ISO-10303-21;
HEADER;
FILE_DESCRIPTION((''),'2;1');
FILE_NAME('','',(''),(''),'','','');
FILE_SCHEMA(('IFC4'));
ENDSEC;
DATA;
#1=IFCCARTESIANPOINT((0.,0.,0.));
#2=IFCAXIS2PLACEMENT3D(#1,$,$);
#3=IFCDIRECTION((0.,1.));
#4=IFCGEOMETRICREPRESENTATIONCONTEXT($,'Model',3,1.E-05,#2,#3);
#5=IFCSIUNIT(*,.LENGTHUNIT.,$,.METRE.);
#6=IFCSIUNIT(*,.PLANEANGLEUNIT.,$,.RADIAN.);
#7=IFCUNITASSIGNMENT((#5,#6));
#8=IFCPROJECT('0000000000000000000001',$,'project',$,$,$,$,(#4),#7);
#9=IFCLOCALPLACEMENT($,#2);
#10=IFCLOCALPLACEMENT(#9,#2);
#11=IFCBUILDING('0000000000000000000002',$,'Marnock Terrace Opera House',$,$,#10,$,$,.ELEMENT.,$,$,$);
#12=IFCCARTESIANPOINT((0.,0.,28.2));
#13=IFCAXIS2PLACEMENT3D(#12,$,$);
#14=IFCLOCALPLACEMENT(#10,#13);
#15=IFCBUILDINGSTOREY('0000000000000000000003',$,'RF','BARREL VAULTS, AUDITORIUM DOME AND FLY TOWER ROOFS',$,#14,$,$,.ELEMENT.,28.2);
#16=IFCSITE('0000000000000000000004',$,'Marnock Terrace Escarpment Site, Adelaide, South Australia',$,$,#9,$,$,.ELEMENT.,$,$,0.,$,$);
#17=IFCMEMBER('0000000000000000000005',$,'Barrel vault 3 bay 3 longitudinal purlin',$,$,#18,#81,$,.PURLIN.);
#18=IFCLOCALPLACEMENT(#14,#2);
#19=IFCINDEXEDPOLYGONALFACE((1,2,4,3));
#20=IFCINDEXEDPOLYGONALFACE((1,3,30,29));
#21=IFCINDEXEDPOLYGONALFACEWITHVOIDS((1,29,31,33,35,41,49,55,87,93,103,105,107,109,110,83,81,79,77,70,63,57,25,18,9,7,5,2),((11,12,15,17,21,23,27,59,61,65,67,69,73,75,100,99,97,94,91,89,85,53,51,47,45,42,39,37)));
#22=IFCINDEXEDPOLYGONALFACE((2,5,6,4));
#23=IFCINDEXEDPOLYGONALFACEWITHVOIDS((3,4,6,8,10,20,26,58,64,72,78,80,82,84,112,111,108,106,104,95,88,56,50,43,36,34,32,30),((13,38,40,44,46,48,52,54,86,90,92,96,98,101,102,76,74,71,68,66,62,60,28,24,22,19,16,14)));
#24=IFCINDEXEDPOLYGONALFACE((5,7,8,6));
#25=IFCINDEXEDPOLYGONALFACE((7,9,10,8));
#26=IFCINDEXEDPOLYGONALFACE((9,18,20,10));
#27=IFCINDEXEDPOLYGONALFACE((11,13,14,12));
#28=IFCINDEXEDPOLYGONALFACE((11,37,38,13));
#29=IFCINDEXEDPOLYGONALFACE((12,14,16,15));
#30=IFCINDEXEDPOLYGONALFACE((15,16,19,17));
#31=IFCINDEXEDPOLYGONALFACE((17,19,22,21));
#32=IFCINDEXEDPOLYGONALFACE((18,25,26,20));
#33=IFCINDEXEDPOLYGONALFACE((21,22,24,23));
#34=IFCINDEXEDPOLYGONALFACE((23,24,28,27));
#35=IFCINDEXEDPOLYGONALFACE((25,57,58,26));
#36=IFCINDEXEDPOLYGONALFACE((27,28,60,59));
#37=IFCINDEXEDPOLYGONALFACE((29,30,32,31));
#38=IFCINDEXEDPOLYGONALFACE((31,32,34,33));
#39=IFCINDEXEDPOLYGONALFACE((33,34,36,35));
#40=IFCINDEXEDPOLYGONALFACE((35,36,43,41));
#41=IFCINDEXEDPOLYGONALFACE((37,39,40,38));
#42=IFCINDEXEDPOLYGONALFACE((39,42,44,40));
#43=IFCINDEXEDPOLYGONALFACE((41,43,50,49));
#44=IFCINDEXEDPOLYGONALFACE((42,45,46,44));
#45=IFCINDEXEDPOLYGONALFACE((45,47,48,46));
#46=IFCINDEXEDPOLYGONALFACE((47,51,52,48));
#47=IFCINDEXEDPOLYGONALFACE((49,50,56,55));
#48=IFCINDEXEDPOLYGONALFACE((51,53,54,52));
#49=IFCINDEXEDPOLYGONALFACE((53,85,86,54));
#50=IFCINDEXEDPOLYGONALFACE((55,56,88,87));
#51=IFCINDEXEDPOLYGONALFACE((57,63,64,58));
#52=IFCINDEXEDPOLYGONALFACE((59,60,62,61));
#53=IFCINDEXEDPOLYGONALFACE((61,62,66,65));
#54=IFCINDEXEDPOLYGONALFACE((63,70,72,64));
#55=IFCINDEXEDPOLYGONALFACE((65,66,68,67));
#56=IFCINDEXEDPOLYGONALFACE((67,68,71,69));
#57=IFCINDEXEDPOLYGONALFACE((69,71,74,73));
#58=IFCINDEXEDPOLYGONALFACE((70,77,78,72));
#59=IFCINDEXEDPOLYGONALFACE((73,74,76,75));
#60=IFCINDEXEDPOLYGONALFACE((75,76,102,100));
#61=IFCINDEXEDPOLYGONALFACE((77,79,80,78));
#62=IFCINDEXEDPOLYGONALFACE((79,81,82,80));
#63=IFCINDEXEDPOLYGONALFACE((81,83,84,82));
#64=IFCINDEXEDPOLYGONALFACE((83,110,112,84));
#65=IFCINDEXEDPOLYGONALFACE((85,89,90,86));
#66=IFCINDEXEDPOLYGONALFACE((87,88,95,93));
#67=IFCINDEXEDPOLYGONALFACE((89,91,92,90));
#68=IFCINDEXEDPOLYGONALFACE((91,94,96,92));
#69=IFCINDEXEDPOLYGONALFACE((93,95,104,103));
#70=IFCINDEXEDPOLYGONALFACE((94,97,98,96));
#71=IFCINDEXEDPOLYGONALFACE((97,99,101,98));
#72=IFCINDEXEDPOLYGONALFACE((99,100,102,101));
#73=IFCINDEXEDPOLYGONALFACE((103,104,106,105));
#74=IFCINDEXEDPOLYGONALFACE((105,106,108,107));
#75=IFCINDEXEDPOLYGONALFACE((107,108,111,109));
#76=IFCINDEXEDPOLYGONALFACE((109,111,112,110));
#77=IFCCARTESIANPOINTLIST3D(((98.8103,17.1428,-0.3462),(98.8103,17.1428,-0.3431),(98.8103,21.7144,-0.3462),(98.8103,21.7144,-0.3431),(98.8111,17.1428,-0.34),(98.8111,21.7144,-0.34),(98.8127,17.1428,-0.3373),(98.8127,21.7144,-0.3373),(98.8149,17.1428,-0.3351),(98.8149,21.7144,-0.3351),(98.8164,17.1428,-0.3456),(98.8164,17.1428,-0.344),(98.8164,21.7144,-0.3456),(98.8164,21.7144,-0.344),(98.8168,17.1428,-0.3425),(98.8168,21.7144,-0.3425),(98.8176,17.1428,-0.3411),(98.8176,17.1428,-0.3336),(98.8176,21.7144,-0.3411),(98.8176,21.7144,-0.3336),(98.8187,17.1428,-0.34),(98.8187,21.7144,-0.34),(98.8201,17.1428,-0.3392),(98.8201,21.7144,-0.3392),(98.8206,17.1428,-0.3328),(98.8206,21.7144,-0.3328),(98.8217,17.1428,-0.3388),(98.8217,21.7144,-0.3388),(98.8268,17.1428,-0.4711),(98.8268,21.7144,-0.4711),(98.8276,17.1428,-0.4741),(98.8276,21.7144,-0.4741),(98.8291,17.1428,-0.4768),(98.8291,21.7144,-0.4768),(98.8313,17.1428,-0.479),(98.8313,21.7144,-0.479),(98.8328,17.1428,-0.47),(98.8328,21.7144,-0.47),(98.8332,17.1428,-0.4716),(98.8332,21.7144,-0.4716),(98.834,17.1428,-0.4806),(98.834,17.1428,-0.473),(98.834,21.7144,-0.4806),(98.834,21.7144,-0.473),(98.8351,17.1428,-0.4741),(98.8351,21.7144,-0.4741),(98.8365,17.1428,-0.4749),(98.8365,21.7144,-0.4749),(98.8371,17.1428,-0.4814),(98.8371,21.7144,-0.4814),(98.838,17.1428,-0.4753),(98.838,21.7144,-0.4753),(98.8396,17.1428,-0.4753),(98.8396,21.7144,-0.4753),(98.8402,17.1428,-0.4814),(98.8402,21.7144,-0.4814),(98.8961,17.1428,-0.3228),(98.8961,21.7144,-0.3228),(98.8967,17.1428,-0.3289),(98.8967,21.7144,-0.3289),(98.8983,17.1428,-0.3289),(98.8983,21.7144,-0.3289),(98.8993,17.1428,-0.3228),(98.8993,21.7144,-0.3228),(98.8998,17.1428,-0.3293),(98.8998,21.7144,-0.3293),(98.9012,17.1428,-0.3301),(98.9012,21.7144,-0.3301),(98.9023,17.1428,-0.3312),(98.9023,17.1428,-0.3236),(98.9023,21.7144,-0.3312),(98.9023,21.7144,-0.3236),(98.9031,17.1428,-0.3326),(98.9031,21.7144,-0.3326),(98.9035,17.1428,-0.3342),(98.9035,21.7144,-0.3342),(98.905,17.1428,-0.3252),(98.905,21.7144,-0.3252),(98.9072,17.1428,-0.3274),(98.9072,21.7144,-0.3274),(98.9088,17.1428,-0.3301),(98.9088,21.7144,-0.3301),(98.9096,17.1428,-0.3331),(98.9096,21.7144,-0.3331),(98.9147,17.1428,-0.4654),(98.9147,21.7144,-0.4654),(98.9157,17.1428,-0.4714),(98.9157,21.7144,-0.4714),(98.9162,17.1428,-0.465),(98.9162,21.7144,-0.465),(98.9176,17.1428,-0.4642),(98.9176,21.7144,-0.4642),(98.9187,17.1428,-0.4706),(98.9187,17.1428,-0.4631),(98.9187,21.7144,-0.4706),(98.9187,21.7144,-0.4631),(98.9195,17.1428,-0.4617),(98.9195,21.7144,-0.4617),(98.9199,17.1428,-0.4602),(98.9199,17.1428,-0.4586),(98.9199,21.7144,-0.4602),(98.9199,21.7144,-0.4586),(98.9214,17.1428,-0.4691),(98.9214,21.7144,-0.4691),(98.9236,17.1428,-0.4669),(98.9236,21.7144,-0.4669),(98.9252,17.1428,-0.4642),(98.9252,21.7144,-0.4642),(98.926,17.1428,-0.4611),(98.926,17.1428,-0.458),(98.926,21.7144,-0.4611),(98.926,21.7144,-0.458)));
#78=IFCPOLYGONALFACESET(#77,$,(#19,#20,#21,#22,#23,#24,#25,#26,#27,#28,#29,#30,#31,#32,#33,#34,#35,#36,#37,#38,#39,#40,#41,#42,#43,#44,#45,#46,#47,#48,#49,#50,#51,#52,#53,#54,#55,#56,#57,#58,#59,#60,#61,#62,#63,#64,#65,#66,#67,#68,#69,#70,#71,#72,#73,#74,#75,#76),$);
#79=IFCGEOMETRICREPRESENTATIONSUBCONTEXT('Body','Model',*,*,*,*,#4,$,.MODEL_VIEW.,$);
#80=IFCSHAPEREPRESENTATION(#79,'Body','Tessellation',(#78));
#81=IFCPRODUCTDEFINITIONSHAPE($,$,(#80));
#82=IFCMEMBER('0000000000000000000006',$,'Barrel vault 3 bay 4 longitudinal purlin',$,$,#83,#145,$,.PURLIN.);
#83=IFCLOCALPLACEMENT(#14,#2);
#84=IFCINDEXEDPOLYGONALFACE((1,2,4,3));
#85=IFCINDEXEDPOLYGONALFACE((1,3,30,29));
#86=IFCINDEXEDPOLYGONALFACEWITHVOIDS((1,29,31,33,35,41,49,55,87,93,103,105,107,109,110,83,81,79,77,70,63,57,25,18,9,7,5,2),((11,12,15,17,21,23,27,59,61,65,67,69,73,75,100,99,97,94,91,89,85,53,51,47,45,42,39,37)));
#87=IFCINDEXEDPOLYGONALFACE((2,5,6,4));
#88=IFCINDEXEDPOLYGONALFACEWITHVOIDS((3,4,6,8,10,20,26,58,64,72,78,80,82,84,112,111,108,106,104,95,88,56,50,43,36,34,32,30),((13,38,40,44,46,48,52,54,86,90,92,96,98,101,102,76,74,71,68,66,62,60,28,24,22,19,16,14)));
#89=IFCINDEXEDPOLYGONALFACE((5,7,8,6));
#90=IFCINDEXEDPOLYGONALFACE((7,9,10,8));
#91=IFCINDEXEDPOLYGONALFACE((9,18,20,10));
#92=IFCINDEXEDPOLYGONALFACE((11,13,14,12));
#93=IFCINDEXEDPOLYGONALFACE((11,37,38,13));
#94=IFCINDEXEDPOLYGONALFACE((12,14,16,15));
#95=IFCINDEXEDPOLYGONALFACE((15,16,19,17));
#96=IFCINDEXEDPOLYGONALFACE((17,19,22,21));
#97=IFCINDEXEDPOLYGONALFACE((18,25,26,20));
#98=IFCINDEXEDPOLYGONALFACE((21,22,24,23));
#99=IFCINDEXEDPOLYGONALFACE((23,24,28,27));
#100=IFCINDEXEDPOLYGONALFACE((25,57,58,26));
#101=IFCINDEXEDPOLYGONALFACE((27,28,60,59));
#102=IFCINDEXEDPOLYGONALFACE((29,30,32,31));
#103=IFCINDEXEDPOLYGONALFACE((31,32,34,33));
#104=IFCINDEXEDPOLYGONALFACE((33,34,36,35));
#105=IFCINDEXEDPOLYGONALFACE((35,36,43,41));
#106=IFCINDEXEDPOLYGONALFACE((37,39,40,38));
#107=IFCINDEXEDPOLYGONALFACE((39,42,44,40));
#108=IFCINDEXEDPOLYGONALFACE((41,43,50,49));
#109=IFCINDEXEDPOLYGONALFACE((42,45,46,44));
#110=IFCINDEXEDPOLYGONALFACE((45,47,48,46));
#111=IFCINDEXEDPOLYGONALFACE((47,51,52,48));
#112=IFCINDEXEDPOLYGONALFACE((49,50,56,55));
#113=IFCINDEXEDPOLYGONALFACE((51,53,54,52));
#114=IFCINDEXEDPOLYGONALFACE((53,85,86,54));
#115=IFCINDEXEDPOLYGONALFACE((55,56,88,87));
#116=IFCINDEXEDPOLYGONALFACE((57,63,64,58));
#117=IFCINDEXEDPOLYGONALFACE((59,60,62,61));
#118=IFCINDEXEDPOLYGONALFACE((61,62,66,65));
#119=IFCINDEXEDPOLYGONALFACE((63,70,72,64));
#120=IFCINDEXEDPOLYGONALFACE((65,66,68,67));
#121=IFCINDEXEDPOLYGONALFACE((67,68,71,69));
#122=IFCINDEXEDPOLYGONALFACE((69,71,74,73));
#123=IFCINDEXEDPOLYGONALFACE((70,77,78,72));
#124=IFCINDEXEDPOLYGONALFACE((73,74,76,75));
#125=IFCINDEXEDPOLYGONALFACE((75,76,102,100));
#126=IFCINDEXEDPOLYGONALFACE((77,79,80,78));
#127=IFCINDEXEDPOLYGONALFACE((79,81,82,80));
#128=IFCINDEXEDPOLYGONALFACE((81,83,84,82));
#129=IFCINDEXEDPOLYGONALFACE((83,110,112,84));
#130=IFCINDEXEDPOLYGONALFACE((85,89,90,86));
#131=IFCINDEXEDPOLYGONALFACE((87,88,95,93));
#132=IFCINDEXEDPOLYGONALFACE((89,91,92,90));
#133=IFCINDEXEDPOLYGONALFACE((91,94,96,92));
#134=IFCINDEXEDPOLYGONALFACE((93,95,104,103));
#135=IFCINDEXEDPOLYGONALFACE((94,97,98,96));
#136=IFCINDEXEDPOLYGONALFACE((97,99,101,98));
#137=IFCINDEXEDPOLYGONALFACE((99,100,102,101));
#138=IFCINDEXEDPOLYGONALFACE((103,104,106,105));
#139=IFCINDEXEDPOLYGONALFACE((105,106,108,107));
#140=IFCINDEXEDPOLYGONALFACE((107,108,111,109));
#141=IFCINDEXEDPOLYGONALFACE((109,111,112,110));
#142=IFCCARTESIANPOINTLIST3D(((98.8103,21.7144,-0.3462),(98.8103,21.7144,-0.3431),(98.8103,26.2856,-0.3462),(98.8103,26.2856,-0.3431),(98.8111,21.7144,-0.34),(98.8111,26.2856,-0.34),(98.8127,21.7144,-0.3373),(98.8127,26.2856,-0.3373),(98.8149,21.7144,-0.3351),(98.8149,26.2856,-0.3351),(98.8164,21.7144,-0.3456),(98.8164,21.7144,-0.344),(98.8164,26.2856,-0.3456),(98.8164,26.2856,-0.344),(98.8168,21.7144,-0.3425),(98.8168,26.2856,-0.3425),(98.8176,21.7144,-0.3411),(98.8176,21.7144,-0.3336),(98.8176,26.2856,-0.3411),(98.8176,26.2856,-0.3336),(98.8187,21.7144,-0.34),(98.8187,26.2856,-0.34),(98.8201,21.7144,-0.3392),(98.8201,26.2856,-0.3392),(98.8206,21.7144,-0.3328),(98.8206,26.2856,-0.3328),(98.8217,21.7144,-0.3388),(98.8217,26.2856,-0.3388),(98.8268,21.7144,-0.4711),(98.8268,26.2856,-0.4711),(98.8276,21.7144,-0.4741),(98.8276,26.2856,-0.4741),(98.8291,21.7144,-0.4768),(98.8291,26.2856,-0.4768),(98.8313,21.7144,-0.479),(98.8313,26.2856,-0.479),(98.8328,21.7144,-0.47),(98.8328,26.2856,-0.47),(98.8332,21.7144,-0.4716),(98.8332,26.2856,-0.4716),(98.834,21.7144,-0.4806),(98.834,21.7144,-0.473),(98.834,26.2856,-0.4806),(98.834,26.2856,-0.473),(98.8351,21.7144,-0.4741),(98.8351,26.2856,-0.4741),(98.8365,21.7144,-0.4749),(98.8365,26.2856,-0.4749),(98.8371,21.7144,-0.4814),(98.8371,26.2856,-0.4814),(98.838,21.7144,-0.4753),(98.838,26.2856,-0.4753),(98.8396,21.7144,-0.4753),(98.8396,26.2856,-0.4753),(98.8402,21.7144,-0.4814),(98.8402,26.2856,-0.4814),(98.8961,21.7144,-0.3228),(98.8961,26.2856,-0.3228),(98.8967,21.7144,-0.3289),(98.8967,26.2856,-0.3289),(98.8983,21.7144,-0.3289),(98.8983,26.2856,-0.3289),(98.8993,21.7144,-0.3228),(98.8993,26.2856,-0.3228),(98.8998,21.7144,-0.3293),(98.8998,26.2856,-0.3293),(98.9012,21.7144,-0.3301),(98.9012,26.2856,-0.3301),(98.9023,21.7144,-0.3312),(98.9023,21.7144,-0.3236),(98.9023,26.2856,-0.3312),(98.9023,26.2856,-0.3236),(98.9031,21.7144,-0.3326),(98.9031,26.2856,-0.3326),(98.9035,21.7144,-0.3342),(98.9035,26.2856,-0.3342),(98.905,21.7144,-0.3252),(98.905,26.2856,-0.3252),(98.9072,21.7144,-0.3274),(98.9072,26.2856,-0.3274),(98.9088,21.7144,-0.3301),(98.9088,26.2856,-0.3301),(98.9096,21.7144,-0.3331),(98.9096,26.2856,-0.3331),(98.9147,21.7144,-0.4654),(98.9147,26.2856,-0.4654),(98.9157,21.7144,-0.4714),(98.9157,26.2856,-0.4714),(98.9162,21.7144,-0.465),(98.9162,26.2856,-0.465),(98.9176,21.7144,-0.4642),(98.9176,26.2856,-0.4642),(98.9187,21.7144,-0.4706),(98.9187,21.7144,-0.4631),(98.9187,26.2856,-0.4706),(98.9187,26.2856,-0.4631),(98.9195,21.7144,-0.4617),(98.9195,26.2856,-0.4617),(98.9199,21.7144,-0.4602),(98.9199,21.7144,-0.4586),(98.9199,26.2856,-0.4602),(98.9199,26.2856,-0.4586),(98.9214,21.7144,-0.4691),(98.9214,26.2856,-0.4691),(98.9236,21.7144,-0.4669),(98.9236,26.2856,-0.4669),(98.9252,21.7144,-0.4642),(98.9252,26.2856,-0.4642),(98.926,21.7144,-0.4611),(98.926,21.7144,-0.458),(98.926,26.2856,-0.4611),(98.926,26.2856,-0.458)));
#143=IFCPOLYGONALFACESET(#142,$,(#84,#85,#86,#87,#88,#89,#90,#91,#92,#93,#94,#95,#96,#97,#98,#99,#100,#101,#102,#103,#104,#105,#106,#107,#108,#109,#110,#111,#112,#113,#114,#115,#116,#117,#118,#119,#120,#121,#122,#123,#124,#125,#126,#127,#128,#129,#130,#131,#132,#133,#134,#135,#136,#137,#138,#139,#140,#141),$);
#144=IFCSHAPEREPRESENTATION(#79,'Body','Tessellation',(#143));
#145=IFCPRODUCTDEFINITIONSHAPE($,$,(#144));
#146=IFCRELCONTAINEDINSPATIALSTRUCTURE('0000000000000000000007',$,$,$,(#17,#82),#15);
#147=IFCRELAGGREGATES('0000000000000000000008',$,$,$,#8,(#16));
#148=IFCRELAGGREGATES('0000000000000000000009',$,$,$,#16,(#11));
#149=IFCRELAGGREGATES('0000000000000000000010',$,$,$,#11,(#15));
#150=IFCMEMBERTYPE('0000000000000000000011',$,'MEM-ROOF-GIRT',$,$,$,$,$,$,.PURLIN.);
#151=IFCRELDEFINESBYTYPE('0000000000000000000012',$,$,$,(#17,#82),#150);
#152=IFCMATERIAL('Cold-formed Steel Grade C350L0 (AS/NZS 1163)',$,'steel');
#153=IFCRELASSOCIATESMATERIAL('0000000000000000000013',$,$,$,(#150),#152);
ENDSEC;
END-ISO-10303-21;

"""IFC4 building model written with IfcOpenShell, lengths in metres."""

from ifc_helpers import new_model, si_unit, direction, frame, origin, origin_2d, place, context, subcontext, project, spatial, hollow_rectangle, extrude, material, material_profile, profile_set, type_object, element, save


model = new_model("IFC4")

# Units and contexts
model_context = context("Model", 3, precision=1e-05, world=origin(), true_north=direction((0.0, 1.0)))
body_context = subcontext(model_context, "Body", "Model", "MODEL_VIEW")
ifc_project = project(units=[si_unit("LENGTHUNIT", "METRE"), si_unit("PLANEANGLEUNIT", "RADIAN")], contexts=[model_context])

# Site, building, storey
site_placement = place(None, origin())
site = spatial("IfcSite", under=ifc_project, at=site_placement, Name="Marnock Terrace Escarpment Site, Adelaide, South Australia", CompositionType="ELEMENT", RefElevation=0.0)
building_placement = place(site_placement, origin())
building = spatial("IfcBuilding", under=site, at=building_placement, Name="Marnock Terrace Opera House", CompositionType="ELEMENT")
storey_placement = place(building_placement, frame((0.0, 0.0, 28.2)))
storey = spatial("IfcBuildingStorey", under=building, at=storey_placement, Name="RF", Description="BARREL VAULTS, AUDITORIUM DOME AND FLY TOWER ROOFS", CompositionType="ELEMENT", Elevation=28.2)

# Members
ifc_material_1 = material(Name="Cold-formed Steel Grade C350L0 (AS/NZS 1163)", Category="steel")
ifc_material_profile_1 = material_profile(ifc_material_1, hollow_rectangle(XDim=0.1001, YDim=0.1499, WallThickness=0.0061, InnerFilletRadius=0.0061, OuterFilletRadius=0.012, at=origin_2d()))
ifc_profile_set_1 = profile_set([ifc_material_profile_1], Name="Cold-formed Steel Grade C350L0 (AS/NZS 1163)")
member_type_1 = type_object("IfcMemberType", Name="MEM-ROOF-GIRT", PredefinedType="PURLIN", material=ifc_profile_set_1)
member_1_placement = place(storey_placement, frame((98.8682, 17.1428, -0.4021), z_axis=(0.0, 1.0, 0.0), x_axis=(-0.991445, 0.0, -0.130526)))
element("IfcMember", 1, at=member_1_placement, inside=storey, type_object=member_type_1, Name="Barrel vault 3 bay 3 longitudinal purlin", PredefinedType="PURLIN", context=body_context, shape_type="SweptSolid", body=[
    extrude(hollow_rectangle(XDim=0.1001, YDim=0.1499, WallThickness=0.0061, InnerFilletRadius=0.0061, OuterFilletRadius=0.012, at=origin_2d()), origin(), (0.0, 0.0, 1.0), 4.5715),
])
member_2_placement = place(storey_placement, frame((98.8682, 21.7144, -0.4021), z_axis=(0.0, 1.0, 0.0), x_axis=(-0.991445, 0.0, -0.130526)))
element("IfcMember", 2, at=member_2_placement, inside=storey, type_object=member_type_1, Name="Barrel vault 3 bay 4 longitudinal purlin", PredefinedType="PURLIN", context=body_context, shape_type="SweptSolid", body=[
    extrude(hollow_rectangle(XDim=0.1001, YDim=0.1499, WallThickness=0.0061, InnerFilletRadius=0.0061, OuterFilletRadius=0.012, at=origin_2d()), origin(), (0.0, 0.0, 1.0), 4.5713),
])

save(model, "model.ifc")
